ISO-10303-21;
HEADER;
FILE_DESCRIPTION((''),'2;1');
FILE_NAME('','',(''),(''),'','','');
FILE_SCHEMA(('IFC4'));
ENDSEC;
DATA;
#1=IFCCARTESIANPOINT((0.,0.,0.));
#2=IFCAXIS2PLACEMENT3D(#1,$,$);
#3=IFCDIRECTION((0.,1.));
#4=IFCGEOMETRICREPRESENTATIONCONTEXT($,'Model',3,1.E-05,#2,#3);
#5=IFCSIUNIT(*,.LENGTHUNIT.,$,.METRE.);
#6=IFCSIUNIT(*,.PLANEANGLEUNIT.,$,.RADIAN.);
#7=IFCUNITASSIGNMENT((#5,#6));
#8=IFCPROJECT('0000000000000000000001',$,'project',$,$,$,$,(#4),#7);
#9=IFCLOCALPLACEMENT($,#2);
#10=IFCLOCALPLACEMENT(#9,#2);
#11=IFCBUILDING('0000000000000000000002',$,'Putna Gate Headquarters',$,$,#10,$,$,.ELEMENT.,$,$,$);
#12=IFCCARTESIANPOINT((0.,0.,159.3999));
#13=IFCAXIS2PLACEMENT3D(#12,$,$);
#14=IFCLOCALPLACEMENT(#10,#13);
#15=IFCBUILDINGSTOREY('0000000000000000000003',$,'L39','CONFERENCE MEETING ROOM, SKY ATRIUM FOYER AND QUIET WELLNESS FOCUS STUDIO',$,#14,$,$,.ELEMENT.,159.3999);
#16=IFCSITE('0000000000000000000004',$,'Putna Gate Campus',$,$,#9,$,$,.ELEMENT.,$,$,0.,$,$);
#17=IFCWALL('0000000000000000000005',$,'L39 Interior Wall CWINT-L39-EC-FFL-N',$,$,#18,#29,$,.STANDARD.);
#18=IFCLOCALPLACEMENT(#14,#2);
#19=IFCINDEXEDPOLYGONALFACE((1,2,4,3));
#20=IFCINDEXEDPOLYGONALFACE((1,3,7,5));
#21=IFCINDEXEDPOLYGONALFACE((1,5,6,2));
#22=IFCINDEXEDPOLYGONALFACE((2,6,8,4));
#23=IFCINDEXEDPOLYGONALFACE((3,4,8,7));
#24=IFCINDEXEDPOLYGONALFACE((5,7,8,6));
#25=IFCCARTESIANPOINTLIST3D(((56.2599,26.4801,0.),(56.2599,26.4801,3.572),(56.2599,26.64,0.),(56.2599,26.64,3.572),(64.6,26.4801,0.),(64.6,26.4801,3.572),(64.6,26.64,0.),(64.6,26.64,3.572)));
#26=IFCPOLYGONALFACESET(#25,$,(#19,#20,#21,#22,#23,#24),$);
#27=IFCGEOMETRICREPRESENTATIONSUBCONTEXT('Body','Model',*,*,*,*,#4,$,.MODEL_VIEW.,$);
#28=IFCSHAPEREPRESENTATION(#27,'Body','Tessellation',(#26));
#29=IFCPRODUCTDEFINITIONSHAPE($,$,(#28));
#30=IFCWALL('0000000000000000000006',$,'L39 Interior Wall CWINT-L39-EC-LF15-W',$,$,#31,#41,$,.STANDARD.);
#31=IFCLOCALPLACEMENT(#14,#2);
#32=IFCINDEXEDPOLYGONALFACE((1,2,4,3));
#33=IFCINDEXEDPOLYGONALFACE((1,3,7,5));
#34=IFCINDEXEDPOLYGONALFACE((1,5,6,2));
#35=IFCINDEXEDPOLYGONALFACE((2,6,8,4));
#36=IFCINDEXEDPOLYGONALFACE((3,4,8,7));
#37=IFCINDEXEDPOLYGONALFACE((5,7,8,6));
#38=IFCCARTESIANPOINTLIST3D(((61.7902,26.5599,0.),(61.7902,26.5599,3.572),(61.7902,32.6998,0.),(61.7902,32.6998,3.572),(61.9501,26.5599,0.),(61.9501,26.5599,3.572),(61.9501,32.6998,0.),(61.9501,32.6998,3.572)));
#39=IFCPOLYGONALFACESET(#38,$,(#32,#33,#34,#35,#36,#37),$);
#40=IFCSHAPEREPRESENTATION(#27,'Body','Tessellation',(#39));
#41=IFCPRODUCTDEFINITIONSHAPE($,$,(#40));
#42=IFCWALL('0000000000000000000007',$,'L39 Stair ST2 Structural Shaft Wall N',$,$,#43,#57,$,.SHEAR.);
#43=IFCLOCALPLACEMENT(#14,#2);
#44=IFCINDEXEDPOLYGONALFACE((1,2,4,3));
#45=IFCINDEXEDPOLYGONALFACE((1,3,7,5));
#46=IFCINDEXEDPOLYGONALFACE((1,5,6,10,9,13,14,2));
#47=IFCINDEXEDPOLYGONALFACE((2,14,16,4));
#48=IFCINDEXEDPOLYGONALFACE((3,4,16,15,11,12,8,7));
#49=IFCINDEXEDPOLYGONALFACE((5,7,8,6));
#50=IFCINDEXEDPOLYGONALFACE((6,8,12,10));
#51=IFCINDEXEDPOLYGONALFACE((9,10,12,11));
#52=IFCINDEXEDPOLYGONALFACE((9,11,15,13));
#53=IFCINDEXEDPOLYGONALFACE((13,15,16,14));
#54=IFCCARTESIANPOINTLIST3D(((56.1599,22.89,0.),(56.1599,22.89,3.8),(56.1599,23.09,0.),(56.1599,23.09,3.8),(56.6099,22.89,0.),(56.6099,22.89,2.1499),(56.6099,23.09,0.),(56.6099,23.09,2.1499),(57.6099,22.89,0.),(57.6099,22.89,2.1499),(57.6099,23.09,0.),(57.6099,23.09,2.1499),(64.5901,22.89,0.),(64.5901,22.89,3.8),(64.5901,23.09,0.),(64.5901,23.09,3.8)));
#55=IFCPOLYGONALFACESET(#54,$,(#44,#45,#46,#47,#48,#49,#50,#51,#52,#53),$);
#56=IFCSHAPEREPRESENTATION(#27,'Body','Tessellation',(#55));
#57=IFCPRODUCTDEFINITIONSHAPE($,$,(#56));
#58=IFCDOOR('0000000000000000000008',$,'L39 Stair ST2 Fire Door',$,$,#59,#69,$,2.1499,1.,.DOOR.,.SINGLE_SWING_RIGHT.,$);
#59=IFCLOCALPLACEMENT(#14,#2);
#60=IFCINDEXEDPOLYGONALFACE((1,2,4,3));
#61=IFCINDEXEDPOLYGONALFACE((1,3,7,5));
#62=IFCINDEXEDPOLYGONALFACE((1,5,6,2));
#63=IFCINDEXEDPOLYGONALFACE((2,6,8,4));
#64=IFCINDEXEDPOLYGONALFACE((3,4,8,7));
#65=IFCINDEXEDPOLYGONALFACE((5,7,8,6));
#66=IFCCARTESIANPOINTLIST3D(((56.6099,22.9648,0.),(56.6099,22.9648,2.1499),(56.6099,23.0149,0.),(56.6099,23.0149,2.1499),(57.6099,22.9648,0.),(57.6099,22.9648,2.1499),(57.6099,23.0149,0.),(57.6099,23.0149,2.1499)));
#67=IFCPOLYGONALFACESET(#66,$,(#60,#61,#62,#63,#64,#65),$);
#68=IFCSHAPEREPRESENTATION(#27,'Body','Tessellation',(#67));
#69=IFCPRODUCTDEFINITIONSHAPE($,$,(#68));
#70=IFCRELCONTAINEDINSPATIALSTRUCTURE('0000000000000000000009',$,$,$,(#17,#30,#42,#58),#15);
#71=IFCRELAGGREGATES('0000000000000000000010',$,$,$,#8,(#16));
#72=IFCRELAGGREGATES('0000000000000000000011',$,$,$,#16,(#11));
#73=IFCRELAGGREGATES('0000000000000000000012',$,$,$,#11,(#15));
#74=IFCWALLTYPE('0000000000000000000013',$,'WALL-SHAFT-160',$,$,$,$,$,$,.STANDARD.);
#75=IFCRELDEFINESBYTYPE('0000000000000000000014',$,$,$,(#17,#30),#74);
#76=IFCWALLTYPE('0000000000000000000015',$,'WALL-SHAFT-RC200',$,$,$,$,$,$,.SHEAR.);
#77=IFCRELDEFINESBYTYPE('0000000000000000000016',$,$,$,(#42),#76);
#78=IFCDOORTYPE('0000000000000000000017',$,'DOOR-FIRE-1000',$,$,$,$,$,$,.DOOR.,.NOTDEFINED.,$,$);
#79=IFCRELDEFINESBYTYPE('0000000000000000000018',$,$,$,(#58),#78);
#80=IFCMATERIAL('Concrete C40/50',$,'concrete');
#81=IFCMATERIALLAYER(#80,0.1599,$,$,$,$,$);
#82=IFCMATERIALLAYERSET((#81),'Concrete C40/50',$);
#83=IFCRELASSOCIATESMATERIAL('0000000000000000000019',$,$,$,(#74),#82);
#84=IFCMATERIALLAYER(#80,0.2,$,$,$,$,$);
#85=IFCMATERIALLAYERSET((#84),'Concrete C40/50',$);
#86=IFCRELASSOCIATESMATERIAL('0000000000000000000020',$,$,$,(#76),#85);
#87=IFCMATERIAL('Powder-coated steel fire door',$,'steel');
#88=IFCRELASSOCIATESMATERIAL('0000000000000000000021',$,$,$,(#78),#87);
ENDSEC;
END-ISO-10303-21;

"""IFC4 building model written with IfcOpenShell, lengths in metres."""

from ifc_helpers import new_model, si_unit, direction, frame, frame_2d, origin, place, context, subcontext, project, spatial, rectangle, extrude, material, layer, layer_set, type_object, element, fill, save


model = new_model("IFC4")

# Units and contexts
model_context = context("Model", 3, precision=1e-05, world=origin(), true_north=direction((0.0, 1.0)))
body_context = subcontext(model_context, "Body", "Model", "MODEL_VIEW")
ifc_project = project(units=[si_unit("LENGTHUNIT", "METRE"), si_unit("PLANEANGLEUNIT", "RADIAN")], contexts=[model_context])

# Site, building, storey
site_placement = place(None, origin())
site = spatial("IfcSite", under=ifc_project, at=site_placement, Name="Putna Gate Campus", CompositionType="ELEMENT", RefElevation=0.0)
building_placement = place(site_placement, origin())
building = spatial("IfcBuilding", under=site, at=building_placement, Name="Putna Gate Headquarters", CompositionType="ELEMENT")
storey_placement = place(building_placement, frame((0.0, 0.0, 159.3999)))
storey = spatial("IfcBuildingStorey", under=building, at=storey_placement, Name="L39", Description="CONFERENCE MEETING ROOM, SKY ATRIUM FOYER AND QUIET WELLNESS FOCUS STUDIO", CompositionType="ELEMENT", Elevation=159.3999)

# Shared definitions
ifc_material_1 = material(Name="Concrete C40/50", Category="concrete")
ifc_layer_1 = layer(ifc_material_1, 0.1599)
ifc_layer_set_1 = layer_set([ifc_layer_1], Name="Concrete C40/50")
wall_type_1 = type_object("IfcWallType", Name="WALL-SHAFT-160", PredefinedType="STANDARD", material=ifc_layer_set_1)

# Walls
wall_1_placement = place(storey_placement, frame((56.26, 26.5601, 0.0), z_axis=(0.0, 0.0, 1.0), x_axis=(1.0, 0.0, 0.0)))
element("IfcWall", 1, at=wall_1_placement, inside=storey, type_object=wall_type_1, Name="L39 Interior Wall CWINT-L39-EC-FFL-N", PredefinedType="STANDARD", context=body_context, shape_type="SweptSolid", body=[
    extrude(rectangle(XDim=8.3401, YDim=0.1599, at=frame_2d((4.1699, 0.0))), origin(), (0.0, 0.0, 1.0), 3.572),
])
wall_2_placement = place(storey_placement, frame((61.8701, 26.5601, 0.0), z_axis=(0.0, 0.0, 1.0), x_axis=(0.0, 1.0, 0.0)))
element("IfcWall", 2, at=wall_2_placement, inside=storey, type_object=wall_type_1, Name="L39 Interior Wall CWINT-L39-EC-LF15-W", PredefinedType="STANDARD", context=body_context, shape_type="SweptSolid", body=[
    extrude(rectangle(XDim=6.1399, YDim=0.1599, at=frame_2d((3.0698, 0.0))), origin(), (0.0, 0.0, 1.0), 3.572),
])

# Wall, opening, door
ifc_layer_2 = layer(ifc_material_1, 0.2)
ifc_layer_set_2 = layer_set([ifc_layer_2], Name="Concrete C40/50")
wall_type_2 = type_object("IfcWallType", Name="WALL-SHAFT-RC200", PredefinedType="SHEAR", material=ifc_layer_set_2)
wall_3_placement = place(storey_placement, frame((56.1599, 22.99, 0.0), z_axis=(0.0, 0.0, 1.0), x_axis=(1.0, 0.0, 0.0)))
wall_3 = element("IfcWall", 3, at=wall_3_placement, inside=storey, type_object=wall_type_2, Name="L39 Stair ST2 Structural Shaft Wall N", PredefinedType="SHEAR", context=body_context, shape_type="SweptSolid", body=[
    extrude(rectangle(XDim=8.4302, YDim=0.2, at=frame_2d((4.2151, 0.0))), origin(), (0.0, 0.0, 1.0), 3.8),
])
opening_1_placement = place(wall_3_placement, frame((0.45, 0.0, 0.0)))
opening_1 = element("IfcOpeningElement", 4, at=opening_1_placement, cuts=wall_3, PredefinedType="OPENING", context=body_context, shape_type="SweptSolid", body=[
    extrude(rectangle(XDim=1.0, YDim=2.1499, at=frame_2d((0.5, 1.075))), frame((0.0, 0.1099, 0.0), z_axis=(0.0, -1.0, 0.0), x_axis=(1.0, 0.0, 0.0)), (0.0, 0.0, 1.0), 0.22),
])
ifc_material_2 = material(Name="Powder-coated steel fire door", Category="steel")
door_type_1 = type_object("IfcDoorType", Name="DOOR-FIRE-1000", OperationType="NOTDEFINED", PredefinedType="DOOR", material=ifc_material_2)
door_1_placement = place(opening_1_placement, origin())
door_1 = element("IfcDoor", 5, at=door_1_placement, inside=storey, type_object=door_type_1, Name="L39 Stair ST2 Fire Door", OperationType="SINGLE_SWING_RIGHT", OverallHeight=2.1499, OverallWidth=1.0, PredefinedType="DOOR", context=body_context, shape_type="SweptSolid", body=[
    extrude(rectangle(XDim=1.0, YDim=2.1499, at=frame_2d((0.5, 1.075))), frame((0.0, 0.0249, 0.0), z_axis=(0.0, -1.0, 0.0), x_axis=(1.0, 0.0, 0.0)), (0.0, 0.0, 1.0), 0.05),
])
fill(opening_1, door_1)

save(model, "model.ifc")
